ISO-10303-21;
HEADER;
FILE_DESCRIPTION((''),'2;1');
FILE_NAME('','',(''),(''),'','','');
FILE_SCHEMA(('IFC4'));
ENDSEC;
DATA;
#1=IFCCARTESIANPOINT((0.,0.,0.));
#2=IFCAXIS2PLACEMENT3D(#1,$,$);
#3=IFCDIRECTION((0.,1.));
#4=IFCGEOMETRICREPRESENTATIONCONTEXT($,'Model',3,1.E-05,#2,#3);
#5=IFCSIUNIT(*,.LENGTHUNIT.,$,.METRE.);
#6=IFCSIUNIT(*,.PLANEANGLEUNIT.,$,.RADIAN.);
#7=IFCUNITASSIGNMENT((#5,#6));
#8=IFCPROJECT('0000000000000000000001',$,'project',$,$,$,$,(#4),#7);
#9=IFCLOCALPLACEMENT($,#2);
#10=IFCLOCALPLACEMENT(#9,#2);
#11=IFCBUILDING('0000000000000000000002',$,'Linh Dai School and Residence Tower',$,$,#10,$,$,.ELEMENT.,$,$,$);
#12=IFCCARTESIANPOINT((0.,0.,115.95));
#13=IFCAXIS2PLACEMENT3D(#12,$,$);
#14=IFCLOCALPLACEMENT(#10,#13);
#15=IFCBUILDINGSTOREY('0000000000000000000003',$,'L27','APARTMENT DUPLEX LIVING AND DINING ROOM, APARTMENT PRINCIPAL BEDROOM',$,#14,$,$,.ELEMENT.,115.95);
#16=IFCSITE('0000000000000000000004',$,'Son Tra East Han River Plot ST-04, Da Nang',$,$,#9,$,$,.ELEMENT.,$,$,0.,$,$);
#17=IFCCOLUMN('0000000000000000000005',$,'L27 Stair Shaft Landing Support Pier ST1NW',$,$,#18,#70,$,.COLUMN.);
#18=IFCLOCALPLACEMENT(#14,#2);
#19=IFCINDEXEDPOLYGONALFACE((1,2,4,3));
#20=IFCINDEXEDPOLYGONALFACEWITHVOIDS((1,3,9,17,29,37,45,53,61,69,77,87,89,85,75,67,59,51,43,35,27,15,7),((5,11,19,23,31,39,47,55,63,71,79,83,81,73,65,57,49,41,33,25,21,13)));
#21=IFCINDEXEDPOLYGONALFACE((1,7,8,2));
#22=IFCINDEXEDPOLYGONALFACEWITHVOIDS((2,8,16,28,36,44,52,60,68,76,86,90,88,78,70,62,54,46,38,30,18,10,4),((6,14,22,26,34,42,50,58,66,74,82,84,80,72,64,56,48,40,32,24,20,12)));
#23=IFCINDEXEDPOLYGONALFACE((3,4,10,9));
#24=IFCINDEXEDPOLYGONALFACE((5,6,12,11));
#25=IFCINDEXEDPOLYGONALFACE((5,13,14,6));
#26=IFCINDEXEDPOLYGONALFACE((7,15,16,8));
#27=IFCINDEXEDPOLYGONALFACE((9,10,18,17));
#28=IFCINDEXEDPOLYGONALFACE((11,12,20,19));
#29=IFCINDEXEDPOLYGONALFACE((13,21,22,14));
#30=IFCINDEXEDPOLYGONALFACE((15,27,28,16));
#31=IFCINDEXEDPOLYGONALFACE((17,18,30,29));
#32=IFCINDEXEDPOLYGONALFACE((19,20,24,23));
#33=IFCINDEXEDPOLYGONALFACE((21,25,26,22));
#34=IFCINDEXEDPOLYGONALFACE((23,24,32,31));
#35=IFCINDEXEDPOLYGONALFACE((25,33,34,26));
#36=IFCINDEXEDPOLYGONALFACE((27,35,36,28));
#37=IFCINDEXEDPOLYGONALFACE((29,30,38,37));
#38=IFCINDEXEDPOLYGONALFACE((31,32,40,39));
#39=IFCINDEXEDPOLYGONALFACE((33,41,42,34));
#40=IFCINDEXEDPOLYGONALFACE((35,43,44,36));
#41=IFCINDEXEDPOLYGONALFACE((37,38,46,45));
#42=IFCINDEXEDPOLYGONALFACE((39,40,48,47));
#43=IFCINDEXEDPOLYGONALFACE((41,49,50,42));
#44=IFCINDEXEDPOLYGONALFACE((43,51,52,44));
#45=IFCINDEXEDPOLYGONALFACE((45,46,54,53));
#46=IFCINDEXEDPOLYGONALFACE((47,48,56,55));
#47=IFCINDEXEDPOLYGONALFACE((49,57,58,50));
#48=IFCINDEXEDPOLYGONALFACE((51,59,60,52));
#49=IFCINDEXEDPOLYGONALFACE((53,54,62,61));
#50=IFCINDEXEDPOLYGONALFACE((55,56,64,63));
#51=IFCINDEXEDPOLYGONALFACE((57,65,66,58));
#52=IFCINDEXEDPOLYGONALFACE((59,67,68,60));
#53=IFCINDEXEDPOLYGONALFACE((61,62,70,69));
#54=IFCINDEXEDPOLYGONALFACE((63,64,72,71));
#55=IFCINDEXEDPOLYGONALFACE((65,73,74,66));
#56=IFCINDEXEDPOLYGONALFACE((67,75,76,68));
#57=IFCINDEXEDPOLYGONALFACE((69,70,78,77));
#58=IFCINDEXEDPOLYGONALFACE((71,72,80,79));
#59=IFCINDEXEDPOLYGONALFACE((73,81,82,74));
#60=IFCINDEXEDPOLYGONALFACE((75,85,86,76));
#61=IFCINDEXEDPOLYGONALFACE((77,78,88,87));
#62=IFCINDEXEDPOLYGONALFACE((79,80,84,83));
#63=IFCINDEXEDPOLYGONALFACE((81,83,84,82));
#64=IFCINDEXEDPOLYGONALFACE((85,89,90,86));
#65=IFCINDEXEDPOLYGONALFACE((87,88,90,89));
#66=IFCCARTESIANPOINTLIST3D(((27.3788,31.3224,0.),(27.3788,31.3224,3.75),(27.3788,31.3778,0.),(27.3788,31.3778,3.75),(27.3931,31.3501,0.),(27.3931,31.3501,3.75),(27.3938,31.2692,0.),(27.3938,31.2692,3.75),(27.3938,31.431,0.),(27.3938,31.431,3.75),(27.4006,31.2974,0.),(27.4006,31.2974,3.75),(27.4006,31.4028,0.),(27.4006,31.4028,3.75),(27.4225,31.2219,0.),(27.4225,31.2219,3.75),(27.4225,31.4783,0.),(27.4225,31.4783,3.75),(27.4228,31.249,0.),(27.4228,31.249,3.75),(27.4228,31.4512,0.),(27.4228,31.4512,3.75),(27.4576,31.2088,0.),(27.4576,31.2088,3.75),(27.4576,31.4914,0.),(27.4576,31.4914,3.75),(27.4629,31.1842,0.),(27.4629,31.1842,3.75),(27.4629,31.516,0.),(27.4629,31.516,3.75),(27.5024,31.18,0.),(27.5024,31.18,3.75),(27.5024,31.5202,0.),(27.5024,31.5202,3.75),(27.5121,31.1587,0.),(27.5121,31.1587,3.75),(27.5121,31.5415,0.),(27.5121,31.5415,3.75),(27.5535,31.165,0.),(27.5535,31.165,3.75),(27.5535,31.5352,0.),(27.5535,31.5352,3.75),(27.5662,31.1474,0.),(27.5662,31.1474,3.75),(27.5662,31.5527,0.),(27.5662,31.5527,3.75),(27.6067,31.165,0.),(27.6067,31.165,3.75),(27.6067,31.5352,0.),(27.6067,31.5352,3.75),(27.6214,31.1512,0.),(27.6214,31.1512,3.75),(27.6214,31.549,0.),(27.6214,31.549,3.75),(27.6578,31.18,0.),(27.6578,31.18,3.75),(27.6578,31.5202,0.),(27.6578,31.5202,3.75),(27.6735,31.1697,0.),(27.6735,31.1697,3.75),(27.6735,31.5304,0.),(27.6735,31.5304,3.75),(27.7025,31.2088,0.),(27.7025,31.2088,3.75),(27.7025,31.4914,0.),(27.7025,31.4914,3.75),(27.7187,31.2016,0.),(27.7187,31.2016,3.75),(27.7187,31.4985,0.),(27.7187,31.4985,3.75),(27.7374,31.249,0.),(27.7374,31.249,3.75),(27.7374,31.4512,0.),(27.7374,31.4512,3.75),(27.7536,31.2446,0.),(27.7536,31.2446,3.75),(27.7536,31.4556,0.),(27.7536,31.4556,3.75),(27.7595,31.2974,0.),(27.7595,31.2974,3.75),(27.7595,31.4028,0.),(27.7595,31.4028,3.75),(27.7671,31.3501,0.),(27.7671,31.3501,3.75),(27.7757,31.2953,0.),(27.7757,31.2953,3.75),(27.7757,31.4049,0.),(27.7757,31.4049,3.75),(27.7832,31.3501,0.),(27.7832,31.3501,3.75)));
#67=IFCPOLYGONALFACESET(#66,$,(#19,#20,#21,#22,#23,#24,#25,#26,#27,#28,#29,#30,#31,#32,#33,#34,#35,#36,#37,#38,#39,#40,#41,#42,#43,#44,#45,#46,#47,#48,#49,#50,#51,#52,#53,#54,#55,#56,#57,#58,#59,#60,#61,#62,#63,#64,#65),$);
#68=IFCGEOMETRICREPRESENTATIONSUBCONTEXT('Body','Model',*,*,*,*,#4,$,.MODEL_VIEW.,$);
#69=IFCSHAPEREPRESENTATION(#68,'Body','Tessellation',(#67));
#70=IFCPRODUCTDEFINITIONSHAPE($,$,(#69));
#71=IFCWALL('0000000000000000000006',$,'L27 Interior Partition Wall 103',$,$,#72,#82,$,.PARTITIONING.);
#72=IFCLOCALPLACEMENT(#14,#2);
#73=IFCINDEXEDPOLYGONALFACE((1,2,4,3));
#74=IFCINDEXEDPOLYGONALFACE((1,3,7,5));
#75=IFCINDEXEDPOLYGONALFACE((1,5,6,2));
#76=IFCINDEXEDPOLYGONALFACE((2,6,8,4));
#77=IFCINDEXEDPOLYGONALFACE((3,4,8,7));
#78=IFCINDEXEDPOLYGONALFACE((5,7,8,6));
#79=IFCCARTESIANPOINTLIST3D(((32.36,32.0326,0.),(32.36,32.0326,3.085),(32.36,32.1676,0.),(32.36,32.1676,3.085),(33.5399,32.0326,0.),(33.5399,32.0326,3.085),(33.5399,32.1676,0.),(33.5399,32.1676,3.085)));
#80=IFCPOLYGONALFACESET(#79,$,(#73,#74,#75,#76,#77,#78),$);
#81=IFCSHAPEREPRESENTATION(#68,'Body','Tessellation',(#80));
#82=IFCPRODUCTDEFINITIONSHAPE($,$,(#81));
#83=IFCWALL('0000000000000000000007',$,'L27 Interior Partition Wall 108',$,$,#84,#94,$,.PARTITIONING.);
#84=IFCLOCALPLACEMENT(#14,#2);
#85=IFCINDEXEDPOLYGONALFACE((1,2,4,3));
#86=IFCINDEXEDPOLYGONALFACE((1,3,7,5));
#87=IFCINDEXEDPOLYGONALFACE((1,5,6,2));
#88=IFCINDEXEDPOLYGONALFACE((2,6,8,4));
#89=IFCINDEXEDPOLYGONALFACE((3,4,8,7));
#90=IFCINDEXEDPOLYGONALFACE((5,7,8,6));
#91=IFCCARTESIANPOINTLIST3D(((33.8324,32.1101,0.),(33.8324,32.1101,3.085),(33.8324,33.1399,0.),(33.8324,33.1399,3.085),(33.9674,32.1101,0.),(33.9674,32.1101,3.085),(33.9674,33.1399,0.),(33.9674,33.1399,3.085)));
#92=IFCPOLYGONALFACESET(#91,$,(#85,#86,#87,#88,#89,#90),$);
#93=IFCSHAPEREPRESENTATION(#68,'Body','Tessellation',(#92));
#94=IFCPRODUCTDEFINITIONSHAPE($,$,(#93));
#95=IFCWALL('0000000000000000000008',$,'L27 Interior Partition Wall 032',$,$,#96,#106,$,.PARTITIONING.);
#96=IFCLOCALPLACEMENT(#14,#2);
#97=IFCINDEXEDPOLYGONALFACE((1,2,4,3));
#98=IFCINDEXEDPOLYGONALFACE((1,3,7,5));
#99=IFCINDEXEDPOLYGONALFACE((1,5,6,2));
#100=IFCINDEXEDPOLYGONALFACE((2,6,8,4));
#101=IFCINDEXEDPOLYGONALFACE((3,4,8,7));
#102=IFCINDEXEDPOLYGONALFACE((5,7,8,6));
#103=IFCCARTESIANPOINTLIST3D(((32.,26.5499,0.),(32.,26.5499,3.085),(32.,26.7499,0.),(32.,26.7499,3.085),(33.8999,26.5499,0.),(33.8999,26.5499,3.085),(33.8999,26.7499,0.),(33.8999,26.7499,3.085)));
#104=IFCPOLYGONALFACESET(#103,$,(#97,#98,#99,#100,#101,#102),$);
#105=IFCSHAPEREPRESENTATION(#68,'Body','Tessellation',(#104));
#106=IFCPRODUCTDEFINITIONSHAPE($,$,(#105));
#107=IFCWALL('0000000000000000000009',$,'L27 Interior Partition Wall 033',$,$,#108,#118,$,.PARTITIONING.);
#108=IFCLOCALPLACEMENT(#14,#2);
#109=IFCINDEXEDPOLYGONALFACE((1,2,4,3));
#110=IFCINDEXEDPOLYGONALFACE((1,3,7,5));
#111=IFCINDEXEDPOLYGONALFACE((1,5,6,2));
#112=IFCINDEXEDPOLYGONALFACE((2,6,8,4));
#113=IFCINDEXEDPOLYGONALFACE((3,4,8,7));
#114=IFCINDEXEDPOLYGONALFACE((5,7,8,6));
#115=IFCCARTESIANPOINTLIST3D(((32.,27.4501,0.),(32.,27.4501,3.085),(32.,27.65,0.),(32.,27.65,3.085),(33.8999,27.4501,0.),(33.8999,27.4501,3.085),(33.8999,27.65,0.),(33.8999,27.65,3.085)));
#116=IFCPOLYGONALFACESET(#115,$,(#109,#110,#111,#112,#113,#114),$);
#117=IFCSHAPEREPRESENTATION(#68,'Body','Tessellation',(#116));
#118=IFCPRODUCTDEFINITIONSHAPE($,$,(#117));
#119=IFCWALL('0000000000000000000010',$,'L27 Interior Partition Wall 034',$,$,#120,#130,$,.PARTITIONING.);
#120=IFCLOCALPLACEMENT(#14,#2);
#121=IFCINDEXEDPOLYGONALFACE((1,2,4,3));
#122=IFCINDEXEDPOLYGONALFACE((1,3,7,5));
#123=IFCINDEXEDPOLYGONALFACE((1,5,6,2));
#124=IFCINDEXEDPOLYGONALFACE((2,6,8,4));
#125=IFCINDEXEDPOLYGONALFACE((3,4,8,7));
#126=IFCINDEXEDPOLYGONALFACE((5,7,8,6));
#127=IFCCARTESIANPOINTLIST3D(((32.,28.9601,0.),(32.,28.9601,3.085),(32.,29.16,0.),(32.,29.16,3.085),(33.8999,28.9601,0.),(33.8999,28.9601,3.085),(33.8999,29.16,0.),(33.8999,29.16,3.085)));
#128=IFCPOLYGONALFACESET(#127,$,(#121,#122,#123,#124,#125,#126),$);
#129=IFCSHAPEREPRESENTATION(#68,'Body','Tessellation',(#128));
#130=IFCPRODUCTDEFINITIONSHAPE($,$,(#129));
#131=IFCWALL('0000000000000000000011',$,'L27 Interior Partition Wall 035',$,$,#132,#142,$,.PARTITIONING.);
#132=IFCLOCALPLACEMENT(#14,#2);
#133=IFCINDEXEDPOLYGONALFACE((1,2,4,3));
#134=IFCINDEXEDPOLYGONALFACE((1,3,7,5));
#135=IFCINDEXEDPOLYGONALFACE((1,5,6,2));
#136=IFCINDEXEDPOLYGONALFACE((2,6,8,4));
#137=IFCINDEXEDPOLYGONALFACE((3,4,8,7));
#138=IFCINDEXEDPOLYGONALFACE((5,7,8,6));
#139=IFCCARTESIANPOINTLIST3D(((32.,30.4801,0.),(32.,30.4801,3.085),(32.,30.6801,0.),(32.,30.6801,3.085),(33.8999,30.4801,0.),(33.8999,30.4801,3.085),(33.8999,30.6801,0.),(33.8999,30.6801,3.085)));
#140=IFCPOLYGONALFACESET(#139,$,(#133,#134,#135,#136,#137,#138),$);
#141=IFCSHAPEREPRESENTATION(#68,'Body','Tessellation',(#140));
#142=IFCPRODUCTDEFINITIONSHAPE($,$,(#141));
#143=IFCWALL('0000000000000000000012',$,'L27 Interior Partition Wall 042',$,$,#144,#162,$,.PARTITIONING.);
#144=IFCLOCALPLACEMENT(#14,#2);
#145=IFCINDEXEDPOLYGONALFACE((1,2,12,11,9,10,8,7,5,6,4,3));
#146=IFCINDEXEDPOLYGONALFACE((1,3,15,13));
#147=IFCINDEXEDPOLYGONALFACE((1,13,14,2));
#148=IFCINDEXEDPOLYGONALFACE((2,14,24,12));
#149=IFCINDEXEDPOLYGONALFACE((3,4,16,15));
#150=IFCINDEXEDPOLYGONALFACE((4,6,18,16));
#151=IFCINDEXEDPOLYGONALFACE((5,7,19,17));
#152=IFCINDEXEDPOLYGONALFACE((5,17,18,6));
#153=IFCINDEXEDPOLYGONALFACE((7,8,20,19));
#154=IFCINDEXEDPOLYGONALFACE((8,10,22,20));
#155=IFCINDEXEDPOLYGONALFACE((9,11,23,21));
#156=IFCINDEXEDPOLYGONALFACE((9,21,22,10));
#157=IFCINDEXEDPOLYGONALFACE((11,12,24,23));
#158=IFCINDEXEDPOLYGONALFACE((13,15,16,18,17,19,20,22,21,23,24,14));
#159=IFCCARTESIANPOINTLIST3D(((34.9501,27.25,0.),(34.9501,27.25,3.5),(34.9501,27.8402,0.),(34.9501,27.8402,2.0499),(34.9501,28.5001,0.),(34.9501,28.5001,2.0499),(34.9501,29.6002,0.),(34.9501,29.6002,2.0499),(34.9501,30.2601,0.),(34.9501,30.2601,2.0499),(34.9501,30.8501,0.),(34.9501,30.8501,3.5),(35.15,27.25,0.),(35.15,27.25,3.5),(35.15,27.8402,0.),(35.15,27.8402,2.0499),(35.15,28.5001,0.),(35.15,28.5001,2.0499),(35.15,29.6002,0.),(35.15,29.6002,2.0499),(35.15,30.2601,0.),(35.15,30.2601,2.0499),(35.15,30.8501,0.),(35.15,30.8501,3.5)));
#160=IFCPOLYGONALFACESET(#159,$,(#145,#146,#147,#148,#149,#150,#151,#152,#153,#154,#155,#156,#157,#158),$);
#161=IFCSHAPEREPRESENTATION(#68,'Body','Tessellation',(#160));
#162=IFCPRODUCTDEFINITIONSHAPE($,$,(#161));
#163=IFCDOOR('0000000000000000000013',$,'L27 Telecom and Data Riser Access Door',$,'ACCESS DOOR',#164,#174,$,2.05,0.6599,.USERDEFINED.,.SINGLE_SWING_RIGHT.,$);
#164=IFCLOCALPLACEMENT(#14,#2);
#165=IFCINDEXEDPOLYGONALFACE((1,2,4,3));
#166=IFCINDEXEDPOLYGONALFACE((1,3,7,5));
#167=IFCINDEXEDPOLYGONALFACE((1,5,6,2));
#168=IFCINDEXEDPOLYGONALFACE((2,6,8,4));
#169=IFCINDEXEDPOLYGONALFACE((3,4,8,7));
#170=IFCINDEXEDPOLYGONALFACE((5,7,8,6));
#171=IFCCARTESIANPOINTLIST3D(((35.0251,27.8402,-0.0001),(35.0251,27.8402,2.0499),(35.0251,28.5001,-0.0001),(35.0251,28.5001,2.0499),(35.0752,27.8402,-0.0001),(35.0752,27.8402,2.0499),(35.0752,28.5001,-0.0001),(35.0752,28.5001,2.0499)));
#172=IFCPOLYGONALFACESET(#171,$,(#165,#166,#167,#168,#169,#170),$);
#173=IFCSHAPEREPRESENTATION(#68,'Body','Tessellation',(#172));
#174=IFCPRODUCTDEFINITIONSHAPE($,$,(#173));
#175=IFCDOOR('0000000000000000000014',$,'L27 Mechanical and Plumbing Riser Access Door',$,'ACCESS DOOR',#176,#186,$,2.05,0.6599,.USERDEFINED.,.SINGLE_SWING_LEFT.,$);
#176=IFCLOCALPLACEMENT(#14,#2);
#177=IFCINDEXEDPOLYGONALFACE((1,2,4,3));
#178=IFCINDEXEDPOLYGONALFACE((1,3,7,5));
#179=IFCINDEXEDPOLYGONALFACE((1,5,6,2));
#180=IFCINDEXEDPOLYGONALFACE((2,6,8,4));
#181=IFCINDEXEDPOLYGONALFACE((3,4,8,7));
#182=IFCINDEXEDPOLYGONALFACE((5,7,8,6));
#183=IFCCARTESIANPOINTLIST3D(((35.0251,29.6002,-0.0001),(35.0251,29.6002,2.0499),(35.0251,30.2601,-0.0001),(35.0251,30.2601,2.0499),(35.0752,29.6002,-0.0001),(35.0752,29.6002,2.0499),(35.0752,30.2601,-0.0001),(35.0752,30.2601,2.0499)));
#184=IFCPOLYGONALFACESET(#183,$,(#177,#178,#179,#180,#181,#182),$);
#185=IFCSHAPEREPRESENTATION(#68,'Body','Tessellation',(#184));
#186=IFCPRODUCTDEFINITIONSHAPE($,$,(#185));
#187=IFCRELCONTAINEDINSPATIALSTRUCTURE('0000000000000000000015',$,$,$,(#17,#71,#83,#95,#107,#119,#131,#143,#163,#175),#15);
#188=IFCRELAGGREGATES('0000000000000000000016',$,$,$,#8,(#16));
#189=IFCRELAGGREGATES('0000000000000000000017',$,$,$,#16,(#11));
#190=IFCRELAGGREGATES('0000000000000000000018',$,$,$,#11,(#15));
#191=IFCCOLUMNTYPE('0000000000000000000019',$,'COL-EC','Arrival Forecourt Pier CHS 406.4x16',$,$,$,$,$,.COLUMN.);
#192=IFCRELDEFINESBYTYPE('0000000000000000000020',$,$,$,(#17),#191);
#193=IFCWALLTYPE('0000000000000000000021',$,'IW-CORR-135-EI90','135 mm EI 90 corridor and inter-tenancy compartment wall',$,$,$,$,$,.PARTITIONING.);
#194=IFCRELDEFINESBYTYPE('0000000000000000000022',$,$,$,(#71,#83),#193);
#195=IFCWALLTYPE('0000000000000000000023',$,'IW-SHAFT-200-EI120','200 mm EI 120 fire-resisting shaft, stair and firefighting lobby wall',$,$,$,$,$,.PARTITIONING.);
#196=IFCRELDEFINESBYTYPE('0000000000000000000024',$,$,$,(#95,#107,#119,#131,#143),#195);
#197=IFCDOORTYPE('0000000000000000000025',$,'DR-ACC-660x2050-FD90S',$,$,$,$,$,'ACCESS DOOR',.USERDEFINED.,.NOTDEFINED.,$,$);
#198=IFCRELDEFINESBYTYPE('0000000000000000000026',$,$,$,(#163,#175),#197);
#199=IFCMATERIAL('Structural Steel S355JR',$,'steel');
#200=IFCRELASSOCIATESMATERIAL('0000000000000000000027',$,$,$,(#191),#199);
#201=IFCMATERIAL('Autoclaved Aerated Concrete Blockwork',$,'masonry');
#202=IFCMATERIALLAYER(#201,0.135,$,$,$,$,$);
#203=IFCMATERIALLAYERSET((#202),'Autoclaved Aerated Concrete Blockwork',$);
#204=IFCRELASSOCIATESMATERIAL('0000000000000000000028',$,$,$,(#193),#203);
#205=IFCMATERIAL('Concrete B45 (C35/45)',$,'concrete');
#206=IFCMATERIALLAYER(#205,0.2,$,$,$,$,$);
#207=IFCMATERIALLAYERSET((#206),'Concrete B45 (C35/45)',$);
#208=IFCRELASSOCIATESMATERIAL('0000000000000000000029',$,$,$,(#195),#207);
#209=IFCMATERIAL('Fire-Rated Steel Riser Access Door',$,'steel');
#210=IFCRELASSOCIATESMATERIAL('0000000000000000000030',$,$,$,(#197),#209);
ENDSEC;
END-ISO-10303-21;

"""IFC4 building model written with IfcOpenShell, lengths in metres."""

from ifc_helpers import new_model, si_unit, direction, frame, frame_2d, origin, origin_2d, place, context, subcontext, project, spatial, rectangle, hollow_circle, extrude, source, transform, mapped, material, layer, layer_set, material_profile, profile_set, type_object, element, fill, save


model = new_model("IFC4")

# Units and contexts
model_context = context("Model", 3, precision=1e-05, world=origin(), true_north=direction((0.0, 1.0)))
body_context = subcontext(model_context, "Body", "Model", "MODEL_VIEW")
ifc_project = project(units=[si_unit("LENGTHUNIT", "METRE"), si_unit("PLANEANGLEUNIT", "RADIAN")], contexts=[model_context])

# Site, building, storey
site_placement = place(None, origin())
site = spatial("IfcSite", under=ifc_project, at=site_placement, Name="Son Tra East Han River Plot ST-04, Da Nang", CompositionType="ELEMENT", RefElevation=0.0)
building_placement = place(site_placement, origin())
building = spatial("IfcBuilding", under=site, at=building_placement, Name="Linh Dai School and Residence Tower", CompositionType="ELEMENT")
storey_placement = place(building_placement, frame((0.0, 0.0, 115.95)))
storey = spatial("IfcBuildingStorey", under=building, at=storey_placement, Name="L27", Description="APARTMENT DUPLEX LIVING AND DINING ROOM, APARTMENT PRINCIPAL BEDROOM", CompositionType="ELEMENT", Elevation=115.95)

# Column
ifc_material_1 = material(Name="Structural Steel S355JR", Category="steel")
ifc_material_profile = material_profile(ifc_material_1, hollow_circle(Radius=0.2031, WallThickness=0.0161, at=origin_2d()), Name="CHS 406.4x16")
ifc_profile_set = profile_set([ifc_material_profile], Name="Structural Steel S355JR")
column_type = type_object("IfcColumnType", Name="COL-EC", Description="Arrival Forecourt Pier CHS 406.4x16", PredefinedType="COLUMN", material=ifc_profile_set)
column_placement = place(storey_placement, frame((27.5801, 31.3501, 0.0), z_axis=(0.0, 0.0, 1.0), x_axis=(1.0, 0.0, 0.0)))
element("IfcColumn", 1, at=column_placement, inside=storey, type_object=column_type, Name="L27 Stair Shaft Landing Support Pier ST1NW", PredefinedType="COLUMN", context=body_context, shape_type="SweptSolid", body=[
    extrude(hollow_circle(Radius=0.2031, WallThickness=0.0161, at=origin_2d()), origin(), (0.0, 0.0, 1.0), 3.75),
])

# Walls
ifc_material_2 = material(Name="Autoclaved Aerated Concrete Blockwork", Category="masonry")
ifc_layer_1 = layer(ifc_material_2, 0.135)
ifc_layer_set_1 = layer_set([ifc_layer_1], Name="Autoclaved Aerated Concrete Blockwork")
wall_type_1 = type_object("IfcWallType", Name="IW-CORR-135-EI90", Description="135 mm EI 90 corridor and inter-tenancy compartment wall", PredefinedType="PARTITIONING", material=ifc_layer_set_1)
wall_1_placement = place(storey_placement, frame((32.3601, 32.1001, 0.0), z_axis=(0.0, 0.0, 1.0), x_axis=(1.0, 0.0, 0.0)))
element("IfcWall", 2, at=wall_1_placement, inside=storey, type_object=wall_type_1, Name="L27 Interior Partition Wall 103", PredefinedType="PARTITIONING", context=body_context, shape_type="SweptSolid", body=[
    extrude(rectangle(XDim=1.1799, YDim=0.135, at=frame_2d((0.5898, 0.0))), origin(), (0.0, 0.0, 1.0), 3.085),
])
wall_2_placement = place(storey_placement, frame((33.8999, 32.1101, 0.0), z_axis=(0.0, 0.0, 1.0), x_axis=(0.0, 1.0, 0.0)))
element("IfcWall", 3, at=wall_2_placement, inside=storey, type_object=wall_type_1, Name="L27 Interior Partition Wall 108", PredefinedType="PARTITIONING", context=body_context, shape_type="SweptSolid", body=[
    extrude(rectangle(XDim=1.0298, YDim=0.135, at=frame_2d((0.5149, 0.0))), origin(), (0.0, 0.0, 1.0), 3.085),
])
ifc_material_3 = material(Name="Concrete B45 (C35/45)", Category="concrete")
ifc_layer_2 = layer(ifc_material_3, 0.2)
ifc_layer_set_2 = layer_set([ifc_layer_2], Name="Concrete B45 (C35/45)")
wall_type_2 = type_object("IfcWallType", Name="IW-SHAFT-200-EI120", Description="200 mm EI 120 fire-resisting shaft, stair and firefighting lobby wall", PredefinedType="PARTITIONING", material=ifc_layer_set_2)
for number, where, z_axis, x_axis, name in (
    (4, (32.0, 26.6499, 0.0), (0.0, 0.0, 1.0), (1.0, 0.0, 0.0), "L27 Interior Partition Wall 032"),
    (5, (32.0, 27.55, 0.0), (0.0, 0.0, 1.0), (1.0, 0.0, 0.0), "L27 Interior Partition Wall 033"),
    (6, (32.0, 29.0601, 0.0), (0.0, 0.0, 1.0), (1.0, 0.0, 0.0), "L27 Interior Partition Wall 034"),
    (7, (32.0, 30.5801, 0.0), (0.0, 0.0, 1.0), (1.0, 0.0, 0.0), "L27 Interior Partition Wall 035"),
):
    element("IfcWall", number, at=place(storey_placement, frame(where, z_axis=z_axis, x_axis=x_axis)), inside=storey, type_object=wall_type_2, Name=name, PredefinedType="PARTITIONING", context=body_context, shape_type="SweptSolid", body=[
        extrude(rectangle(XDim=1.8999, YDim=0.2, at=frame_2d((0.95, 0.0))), origin(), (0.0, 0.0, 1.0), 3.085),
    ])

# Wall, openings, doors
wall_3_placement = place(storey_placement, frame((35.05, 27.25, 0.0), z_axis=(0.0, 0.0, 1.0), x_axis=(0.0, 1.0, 0.0)))
wall_3 = element("IfcWall", 8, at=wall_3_placement, inside=storey, type_object=wall_type_2, Name="L27 Interior Partition Wall 042", PredefinedType="PARTITIONING", context=body_context, shape_type="SweptSolid", body=[
    extrude(rectangle(XDim=3.6001, YDim=0.2, at=frame_2d((1.8, 0.0))), origin(), (0.0, 0.0, 1.0), 3.5),
])
opening_1_placement = place(wall_3_placement, frame((0.5901, 0.0, 0.0)))
opening_1 = element("IfcOpeningElement", 9, at=opening_1_placement, cuts=wall_3, PredefinedType="OPENING", context=body_context, shape_type="SweptSolid", body=[
    extrude(rectangle(XDim=0.6599, YDim=2.05, at=origin_2d()), frame((0.3301, 0.1099, 1.0249), z_axis=(0.0, -1.0, 0.0), x_axis=(1.0, 0.0, 0.0)), (0.0, 0.0, 1.0), 0.22),
])
opening_2_placement = place(wall_3_placement, frame((2.3501, 0.0, 0.0)))
opening_2 = element("IfcOpeningElement", 10, at=opening_2_placement, cuts=wall_3, PredefinedType="OPENING", context=body_context, shape_type="SweptSolid", body=[
    extrude(rectangle(XDim=0.6599, YDim=2.05, at=origin_2d()), frame((0.3301, 0.1099, 1.0249), z_axis=(0.0, -1.0, 0.0), x_axis=(1.0, 0.0, 0.0)), (0.0, 0.0, 1.0), 0.22),
])
ifc_material_4 = material(Name="Fire-Rated Steel Riser Access Door", Category="steel")
door_type_1 = type_object("IfcDoorType", Name="DR-ACC-660x2050-FD90S", ElementType="ACCESS DOOR", OperationType="NOTDEFINED", PredefinedType="USERDEFINED", material=ifc_material_4)
shared_shape_1 = source(origin(), body_context, "Body", "SweptSolid", [
    extrude(rectangle(XDim=0.6599, YDim=2.05, at=origin_2d()), frame((0.3301, 0.0249, 1.0249), z_axis=(0.0, -1.0, 0.0), x_axis=(1.0, 0.0, 0.0)), (0.0, 0.0, 1.0), 0.05),
])
door_1_placement = place(opening_1_placement, origin())
door_1 = element("IfcDoor", 11, at=door_1_placement, inside=storey, type_object=door_type_1, Name="L27 Telecom and Data Riser Access Door", ObjectType="ACCESS DOOR", OperationType="SINGLE_SWING_RIGHT", OverallHeight=2.05, OverallWidth=0.6599, PredefinedType="USERDEFINED", context=body_context, shape_type="MappedRepresentation", body=[
    mapped(shared_shape_1, transform((0.0, 0.0, 0.0), x_axis=(1.0, 0.0, 0.0), y_axis=(0.0, 1.0, 0.0), z_axis=(0.0, 0.0, 1.0), scale=1.0)),
])
fill(opening_1, door_1)
door_2_placement = place(opening_2_placement, origin())
door_2 = element("IfcDoor", 12, at=door_2_placement, inside=storey, type_object=door_type_1, Name="L27 Mechanical and Plumbing Riser Access Door", ObjectType="ACCESS DOOR", OperationType="SINGLE_SWING_LEFT", OverallHeight=2.05, OverallWidth=0.6599, PredefinedType="USERDEFINED", context=body_context, shape_type="MappedRepresentation", body=[
    mapped(shared_shape_1, transform((0.0, 0.0, 0.0), x_axis=(1.0, 0.0, 0.0), y_axis=(0.0, 1.0, 0.0), z_axis=(0.0, 0.0, 1.0), scale=1.0)),
])
fill(opening_2, door_2)

save(model, "model.ifc")
